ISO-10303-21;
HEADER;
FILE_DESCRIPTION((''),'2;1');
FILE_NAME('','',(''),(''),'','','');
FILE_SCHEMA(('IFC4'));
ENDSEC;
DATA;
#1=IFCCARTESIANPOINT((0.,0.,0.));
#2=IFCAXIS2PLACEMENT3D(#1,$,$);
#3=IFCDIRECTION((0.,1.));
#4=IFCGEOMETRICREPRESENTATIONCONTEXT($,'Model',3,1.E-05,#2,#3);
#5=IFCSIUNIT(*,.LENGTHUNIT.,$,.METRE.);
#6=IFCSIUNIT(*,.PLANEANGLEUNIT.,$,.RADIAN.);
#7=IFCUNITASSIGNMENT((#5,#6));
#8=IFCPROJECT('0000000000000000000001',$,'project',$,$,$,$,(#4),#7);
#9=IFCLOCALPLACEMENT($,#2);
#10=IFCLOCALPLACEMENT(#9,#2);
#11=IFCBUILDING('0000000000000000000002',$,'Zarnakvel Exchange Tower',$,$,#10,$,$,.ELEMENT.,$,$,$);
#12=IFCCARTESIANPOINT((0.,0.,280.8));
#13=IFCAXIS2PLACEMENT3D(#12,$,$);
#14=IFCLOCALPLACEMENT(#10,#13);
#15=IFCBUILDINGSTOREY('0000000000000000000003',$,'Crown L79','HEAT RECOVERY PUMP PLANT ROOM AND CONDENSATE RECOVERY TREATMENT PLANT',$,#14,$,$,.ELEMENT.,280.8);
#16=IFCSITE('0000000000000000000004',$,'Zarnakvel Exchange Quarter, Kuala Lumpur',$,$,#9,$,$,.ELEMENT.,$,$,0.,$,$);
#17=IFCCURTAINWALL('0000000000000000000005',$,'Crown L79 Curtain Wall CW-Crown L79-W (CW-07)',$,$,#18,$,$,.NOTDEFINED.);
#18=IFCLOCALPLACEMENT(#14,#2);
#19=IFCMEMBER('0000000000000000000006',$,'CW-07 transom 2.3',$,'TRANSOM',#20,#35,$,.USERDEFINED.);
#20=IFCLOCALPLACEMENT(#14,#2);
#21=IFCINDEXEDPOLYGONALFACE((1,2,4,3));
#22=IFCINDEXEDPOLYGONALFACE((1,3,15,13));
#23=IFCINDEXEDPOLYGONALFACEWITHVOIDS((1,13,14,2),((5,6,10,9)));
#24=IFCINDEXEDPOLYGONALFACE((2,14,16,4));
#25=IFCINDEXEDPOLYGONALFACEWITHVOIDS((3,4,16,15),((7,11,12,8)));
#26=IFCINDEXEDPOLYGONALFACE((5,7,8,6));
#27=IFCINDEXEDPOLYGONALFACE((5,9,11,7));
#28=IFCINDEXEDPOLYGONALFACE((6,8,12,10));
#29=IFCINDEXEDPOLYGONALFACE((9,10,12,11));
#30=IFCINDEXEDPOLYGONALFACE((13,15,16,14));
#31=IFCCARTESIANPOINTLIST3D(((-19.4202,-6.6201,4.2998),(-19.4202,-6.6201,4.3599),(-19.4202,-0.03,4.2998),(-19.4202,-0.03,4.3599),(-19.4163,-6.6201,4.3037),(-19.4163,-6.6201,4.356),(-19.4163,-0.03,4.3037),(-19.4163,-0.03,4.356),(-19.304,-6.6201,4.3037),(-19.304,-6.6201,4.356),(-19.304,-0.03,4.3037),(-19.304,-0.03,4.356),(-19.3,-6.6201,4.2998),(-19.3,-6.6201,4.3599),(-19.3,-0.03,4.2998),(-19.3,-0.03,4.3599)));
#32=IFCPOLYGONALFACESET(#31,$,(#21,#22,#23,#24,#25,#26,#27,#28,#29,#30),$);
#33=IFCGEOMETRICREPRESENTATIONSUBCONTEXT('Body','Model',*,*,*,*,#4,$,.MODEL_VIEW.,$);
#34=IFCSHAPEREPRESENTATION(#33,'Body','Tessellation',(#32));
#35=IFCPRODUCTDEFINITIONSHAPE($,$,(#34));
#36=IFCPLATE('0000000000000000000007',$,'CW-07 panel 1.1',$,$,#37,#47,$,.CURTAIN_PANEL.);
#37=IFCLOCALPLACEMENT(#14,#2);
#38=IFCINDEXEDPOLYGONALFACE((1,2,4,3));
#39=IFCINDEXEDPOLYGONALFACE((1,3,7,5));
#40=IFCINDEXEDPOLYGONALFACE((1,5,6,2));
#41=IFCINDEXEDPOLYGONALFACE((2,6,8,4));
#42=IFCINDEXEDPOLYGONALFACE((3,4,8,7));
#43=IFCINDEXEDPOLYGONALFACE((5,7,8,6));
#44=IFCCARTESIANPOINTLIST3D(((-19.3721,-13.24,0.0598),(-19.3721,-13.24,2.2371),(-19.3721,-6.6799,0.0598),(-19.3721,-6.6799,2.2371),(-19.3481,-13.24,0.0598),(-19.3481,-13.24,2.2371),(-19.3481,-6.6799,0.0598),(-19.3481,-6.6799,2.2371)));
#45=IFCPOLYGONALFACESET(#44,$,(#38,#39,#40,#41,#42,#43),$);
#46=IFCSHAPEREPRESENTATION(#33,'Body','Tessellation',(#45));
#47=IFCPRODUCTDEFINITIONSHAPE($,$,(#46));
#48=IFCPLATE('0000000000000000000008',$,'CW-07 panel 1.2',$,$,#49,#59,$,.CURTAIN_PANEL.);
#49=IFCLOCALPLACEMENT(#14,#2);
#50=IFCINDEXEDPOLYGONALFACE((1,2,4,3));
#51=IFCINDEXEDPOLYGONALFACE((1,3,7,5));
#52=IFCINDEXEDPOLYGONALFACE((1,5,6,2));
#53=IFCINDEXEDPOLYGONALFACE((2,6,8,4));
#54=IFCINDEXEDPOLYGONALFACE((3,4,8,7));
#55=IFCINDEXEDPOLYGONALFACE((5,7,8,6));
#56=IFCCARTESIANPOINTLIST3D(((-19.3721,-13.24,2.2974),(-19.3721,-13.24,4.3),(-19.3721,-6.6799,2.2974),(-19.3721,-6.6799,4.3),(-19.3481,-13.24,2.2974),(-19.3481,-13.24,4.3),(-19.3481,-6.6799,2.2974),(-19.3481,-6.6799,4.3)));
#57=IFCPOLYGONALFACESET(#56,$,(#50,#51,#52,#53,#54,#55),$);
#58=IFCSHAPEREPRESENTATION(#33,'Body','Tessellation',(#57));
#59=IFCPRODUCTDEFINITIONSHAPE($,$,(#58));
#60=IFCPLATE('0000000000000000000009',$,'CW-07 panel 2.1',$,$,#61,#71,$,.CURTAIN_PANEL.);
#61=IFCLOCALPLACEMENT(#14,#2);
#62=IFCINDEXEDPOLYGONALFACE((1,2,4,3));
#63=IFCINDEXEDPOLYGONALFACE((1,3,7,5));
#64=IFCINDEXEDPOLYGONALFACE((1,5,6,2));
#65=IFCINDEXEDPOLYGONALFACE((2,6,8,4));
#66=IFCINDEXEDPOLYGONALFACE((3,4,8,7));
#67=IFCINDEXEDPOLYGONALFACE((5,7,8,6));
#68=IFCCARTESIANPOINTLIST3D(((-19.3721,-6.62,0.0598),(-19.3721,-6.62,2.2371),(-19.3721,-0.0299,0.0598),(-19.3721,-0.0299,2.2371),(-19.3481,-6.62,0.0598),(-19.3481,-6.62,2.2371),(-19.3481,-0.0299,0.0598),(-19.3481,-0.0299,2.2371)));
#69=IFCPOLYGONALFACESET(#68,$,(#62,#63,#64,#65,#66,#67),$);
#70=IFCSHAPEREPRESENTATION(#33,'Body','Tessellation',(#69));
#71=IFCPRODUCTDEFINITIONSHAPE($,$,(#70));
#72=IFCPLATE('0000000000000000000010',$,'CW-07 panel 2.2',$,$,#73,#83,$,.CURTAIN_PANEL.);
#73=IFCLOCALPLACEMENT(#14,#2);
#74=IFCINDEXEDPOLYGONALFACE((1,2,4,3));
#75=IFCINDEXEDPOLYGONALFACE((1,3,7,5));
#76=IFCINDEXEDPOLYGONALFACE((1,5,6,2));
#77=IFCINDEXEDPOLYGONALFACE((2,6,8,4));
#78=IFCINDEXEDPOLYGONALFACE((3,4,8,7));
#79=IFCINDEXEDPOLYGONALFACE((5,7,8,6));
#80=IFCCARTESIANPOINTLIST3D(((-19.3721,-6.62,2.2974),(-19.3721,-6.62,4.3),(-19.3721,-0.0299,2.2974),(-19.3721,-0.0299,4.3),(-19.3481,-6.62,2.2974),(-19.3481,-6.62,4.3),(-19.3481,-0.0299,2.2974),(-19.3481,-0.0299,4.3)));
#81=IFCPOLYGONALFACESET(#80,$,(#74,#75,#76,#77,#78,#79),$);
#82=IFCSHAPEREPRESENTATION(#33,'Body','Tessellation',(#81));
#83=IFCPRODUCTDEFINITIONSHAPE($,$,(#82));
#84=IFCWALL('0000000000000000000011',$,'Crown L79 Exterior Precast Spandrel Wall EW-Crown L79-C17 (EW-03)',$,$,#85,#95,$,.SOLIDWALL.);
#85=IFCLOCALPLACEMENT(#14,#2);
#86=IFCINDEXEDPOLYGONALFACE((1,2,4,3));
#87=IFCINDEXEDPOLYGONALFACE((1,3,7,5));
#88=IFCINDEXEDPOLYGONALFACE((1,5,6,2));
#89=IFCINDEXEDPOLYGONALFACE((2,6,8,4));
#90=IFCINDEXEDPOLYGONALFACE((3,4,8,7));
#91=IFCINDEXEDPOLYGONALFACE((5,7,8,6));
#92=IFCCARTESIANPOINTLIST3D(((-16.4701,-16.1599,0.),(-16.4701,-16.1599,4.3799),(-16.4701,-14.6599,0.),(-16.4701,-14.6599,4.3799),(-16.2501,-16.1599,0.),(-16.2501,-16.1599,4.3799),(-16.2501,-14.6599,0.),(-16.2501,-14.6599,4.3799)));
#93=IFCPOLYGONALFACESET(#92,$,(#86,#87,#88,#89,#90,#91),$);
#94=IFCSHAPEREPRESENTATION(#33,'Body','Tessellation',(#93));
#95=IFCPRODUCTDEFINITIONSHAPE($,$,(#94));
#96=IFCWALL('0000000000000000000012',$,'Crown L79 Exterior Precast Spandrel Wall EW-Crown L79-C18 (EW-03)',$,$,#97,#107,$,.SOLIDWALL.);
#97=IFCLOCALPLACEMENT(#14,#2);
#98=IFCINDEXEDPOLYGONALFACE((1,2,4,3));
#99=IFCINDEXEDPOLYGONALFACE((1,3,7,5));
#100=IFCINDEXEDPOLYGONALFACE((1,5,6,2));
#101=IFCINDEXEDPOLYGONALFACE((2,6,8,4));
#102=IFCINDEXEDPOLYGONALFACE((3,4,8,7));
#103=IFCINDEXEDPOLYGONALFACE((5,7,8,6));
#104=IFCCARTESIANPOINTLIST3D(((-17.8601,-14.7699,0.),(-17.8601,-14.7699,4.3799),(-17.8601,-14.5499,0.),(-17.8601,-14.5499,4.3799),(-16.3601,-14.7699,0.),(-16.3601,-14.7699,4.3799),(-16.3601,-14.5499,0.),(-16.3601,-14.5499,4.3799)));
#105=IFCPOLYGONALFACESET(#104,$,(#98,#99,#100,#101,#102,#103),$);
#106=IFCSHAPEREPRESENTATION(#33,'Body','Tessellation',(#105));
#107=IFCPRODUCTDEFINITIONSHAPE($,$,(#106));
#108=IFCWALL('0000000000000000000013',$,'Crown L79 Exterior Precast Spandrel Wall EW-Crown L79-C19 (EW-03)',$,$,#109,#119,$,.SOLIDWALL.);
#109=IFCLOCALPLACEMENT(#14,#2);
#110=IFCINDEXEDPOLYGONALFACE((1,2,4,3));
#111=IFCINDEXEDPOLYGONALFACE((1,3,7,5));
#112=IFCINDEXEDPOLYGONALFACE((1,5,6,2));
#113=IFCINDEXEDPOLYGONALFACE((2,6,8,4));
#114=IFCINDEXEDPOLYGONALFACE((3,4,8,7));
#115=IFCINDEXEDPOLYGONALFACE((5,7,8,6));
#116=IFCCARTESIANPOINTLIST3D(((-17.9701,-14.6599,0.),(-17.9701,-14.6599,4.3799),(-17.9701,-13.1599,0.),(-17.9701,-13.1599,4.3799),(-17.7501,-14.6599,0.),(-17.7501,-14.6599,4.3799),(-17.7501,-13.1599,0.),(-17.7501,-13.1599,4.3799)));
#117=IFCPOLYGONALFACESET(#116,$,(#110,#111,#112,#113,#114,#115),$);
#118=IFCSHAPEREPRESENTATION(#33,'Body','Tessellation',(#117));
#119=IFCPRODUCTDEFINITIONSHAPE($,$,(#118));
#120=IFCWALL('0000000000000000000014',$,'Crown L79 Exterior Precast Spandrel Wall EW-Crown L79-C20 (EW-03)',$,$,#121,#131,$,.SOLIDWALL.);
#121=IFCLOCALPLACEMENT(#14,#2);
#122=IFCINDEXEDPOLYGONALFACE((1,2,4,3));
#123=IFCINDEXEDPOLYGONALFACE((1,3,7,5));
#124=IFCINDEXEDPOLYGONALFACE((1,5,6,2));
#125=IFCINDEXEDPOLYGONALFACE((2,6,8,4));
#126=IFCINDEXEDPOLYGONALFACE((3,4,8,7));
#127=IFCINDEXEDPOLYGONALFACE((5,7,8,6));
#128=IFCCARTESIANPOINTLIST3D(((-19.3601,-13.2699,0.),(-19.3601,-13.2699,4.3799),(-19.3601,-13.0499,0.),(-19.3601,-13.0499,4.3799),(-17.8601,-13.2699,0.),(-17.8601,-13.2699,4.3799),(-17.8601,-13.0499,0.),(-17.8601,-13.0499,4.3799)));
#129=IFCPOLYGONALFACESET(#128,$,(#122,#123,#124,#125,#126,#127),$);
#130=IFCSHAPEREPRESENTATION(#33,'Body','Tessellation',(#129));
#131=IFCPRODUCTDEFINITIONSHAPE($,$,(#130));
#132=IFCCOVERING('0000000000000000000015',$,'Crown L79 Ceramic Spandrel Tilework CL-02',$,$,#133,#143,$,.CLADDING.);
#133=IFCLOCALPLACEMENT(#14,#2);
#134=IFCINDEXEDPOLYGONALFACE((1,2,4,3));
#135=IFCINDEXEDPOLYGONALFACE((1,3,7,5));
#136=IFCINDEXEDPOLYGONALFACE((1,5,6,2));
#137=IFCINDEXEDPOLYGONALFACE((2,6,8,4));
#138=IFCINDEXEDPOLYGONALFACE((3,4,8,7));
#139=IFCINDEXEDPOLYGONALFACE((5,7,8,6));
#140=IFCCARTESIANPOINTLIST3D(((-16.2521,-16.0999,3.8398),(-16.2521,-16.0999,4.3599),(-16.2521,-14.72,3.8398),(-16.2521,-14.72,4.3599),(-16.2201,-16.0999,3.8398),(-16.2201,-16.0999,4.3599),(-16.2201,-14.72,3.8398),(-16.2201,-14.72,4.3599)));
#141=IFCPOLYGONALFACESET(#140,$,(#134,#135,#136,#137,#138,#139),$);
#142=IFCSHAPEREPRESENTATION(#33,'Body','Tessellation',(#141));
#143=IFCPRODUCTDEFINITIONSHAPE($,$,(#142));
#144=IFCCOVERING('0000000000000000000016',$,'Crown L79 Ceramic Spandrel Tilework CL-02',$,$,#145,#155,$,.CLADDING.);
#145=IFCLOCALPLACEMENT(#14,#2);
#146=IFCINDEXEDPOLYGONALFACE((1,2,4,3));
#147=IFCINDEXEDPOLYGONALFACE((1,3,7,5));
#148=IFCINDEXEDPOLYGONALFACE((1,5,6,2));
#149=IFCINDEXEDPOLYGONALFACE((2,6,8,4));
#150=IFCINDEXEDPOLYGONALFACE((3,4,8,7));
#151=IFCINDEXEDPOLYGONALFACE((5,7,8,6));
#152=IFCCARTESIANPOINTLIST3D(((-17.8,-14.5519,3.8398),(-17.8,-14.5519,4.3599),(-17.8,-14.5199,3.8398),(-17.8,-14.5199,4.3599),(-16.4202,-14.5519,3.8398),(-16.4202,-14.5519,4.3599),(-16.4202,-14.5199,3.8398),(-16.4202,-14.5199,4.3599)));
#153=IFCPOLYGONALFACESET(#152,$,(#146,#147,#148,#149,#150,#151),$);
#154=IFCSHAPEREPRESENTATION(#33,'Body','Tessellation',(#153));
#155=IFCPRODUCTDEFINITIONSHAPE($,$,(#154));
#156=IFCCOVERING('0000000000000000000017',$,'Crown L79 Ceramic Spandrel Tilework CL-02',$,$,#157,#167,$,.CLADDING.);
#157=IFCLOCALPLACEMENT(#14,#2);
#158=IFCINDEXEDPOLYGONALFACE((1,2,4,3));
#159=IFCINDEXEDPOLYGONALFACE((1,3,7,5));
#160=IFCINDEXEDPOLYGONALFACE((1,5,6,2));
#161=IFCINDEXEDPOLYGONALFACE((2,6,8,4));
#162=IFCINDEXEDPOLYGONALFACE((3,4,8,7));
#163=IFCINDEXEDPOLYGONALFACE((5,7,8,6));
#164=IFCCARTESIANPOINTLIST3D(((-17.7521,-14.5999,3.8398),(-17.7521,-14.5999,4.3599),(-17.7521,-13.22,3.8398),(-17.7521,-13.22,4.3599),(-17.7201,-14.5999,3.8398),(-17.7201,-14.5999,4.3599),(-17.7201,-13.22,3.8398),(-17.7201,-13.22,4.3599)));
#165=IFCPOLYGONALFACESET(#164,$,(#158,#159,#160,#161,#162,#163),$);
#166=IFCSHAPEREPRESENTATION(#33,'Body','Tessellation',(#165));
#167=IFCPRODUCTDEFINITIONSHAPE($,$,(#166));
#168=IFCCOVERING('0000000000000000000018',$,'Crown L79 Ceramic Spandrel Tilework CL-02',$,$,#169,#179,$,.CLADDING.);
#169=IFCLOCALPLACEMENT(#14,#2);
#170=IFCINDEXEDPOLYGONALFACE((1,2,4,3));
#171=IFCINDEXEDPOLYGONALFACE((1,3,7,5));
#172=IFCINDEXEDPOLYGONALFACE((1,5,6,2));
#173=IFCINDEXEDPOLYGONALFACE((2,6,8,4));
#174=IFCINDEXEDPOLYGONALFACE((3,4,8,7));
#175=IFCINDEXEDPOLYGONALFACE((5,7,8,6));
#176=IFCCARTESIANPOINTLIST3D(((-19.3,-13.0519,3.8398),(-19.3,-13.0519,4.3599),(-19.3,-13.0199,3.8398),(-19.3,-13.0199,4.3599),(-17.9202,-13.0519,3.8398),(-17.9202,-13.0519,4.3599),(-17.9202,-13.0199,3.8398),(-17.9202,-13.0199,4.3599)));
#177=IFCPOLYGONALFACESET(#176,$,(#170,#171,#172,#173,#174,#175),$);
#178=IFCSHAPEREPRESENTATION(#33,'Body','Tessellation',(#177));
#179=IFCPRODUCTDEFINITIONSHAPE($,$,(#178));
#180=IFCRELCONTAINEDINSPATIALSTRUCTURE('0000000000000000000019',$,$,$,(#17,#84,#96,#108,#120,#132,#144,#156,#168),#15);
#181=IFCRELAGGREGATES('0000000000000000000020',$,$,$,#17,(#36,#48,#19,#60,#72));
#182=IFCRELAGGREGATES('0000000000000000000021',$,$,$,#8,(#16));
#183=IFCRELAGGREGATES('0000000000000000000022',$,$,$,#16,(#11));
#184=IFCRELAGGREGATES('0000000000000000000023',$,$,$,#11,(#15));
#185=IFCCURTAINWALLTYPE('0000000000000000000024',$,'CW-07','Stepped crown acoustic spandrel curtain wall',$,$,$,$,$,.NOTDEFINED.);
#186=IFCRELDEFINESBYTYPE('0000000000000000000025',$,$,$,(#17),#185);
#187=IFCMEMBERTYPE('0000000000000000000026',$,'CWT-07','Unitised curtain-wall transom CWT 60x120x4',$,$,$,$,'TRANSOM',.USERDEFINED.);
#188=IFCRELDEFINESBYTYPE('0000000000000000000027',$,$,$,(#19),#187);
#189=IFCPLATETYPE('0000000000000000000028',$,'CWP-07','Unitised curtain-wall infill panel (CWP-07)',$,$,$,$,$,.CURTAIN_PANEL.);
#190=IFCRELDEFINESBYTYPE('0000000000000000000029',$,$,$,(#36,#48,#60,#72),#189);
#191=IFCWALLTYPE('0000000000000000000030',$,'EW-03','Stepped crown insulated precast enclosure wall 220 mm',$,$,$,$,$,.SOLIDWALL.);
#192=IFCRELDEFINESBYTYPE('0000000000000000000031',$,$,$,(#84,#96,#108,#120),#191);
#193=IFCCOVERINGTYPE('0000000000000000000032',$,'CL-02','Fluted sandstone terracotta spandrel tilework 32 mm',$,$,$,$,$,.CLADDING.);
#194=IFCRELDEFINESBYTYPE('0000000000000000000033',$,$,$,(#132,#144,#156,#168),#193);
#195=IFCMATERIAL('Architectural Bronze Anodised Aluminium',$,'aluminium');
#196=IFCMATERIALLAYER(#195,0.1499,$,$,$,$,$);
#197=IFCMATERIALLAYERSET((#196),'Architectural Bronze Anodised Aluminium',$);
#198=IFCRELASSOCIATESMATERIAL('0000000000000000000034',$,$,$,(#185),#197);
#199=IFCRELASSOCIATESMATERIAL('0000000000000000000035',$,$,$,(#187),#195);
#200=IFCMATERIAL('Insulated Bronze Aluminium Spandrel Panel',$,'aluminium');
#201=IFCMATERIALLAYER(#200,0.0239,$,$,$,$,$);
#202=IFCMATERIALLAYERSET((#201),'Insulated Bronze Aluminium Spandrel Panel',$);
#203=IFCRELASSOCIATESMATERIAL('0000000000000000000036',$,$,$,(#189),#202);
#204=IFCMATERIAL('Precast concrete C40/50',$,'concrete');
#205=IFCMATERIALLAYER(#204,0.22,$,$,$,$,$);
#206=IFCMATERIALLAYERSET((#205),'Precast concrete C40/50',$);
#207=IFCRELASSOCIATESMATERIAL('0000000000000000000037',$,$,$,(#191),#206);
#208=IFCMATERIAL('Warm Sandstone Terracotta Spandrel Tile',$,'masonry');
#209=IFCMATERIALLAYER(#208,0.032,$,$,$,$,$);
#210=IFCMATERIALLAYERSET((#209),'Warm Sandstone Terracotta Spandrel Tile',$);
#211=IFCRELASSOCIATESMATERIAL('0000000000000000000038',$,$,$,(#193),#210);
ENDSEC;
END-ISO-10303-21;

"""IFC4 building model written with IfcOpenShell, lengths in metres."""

from ifc_helpers import new_model, si_unit, direction, frame, frame_2d, origin, origin_2d, place, context, subcontext, project, spatial, rectangle, hollow_rectangle, extrude, source, transform, mapped, material, layer, layer_set, material_profile, profile_set, type_object, element, aggregate, save


model = new_model("IFC4")

# Units and contexts
model_context = context("Model", 3, precision=1e-05, world=origin(), true_north=direction((0.0, 1.0)))
body_context = subcontext(model_context, "Body", "Model", "MODEL_VIEW")
ifc_project = project(units=[si_unit("LENGTHUNIT", "METRE"), si_unit("PLANEANGLEUNIT", "RADIAN")], contexts=[model_context])

# Site, building, storey
site_placement = place(None, origin())
site = spatial("IfcSite", under=ifc_project, at=site_placement, Name="Zarnakvel Exchange Quarter, Kuala Lumpur", CompositionType="ELEMENT", RefElevation=0.0)
building_placement = place(site_placement, origin())
building = spatial("IfcBuilding", under=site, at=building_placement, Name="Zarnakvel Exchange Tower", CompositionType="ELEMENT")
storey_placement = place(building_placement, frame((0.0, 0.0, 280.8)))
storey = spatial("IfcBuildingStorey", under=building, at=storey_placement, Name="Crown L79", Description="HEAT RECOVERY PUMP PLANT ROOM AND CONDENSATE RECOVERY TREATMENT PLANT", CompositionType="ELEMENT", Elevation=280.8)

# Shared definitions
ifc_material_1 = material(Name="Architectural Bronze Anodised Aluminium", Category="aluminium")
ifc_layer_1 = layer(ifc_material_1, 0.1499)
ifc_layer_set_1 = layer_set([ifc_layer_1], Name="Architectural Bronze Anodised Aluminium")
curtain_wall_type = type_object("IfcCurtainWallType", Name="CW-07", Description="Stepped crown acoustic spandrel curtain wall", PredefinedType="NOTDEFINED", material=ifc_layer_set_1)

# Curtain wall
curtain_wall_1_placement = place(storey_placement, origin())
curtain_wall_1 = element("IfcCurtainWall", 1, at=curtain_wall_1_placement, inside=storey, type_object=curtain_wall_type, Name="Crown L79 Curtain Wall CW-Crown L79-W (CW-07)", PredefinedType="NOTDEFINED")

# Member
ifc_material_profile_1 = material_profile(ifc_material_1, hollow_rectangle(XDim=0.1201, YDim=0.0601, WallThickness=0.0039, at=origin_2d()))
ifc_profile_set_1 = profile_set([ifc_material_profile_1], Name="Architectural Bronze Anodised Aluminium")
member_type_1 = type_object("IfcMemberType", Name="CWT-07", Description="Unitised curtain-wall transom CWT 60x120x4", ElementType="TRANSOM", PredefinedType="USERDEFINED", material=ifc_profile_set_1)
shared_shape_1 = source(origin(), body_context, "Body", "SweptSolid", [
    extrude(hollow_rectangle(XDim=0.1201, YDim=0.0601, WallThickness=0.0039, at=origin_2d()), origin(), (0.0, 0.0, 1.0), 6.5901),
])
member_1_placement = place(storey_placement, frame((-19.3601, -6.6201, 4.3298), z_axis=(0.0, 1.0, 0.0), x_axis=(-1.0, 0.0, 0.0)))
member_1 = element("IfcMember", 2, at=member_1_placement, type_object=member_type_1, Name="CW-07 transom 2.3", ObjectType="TRANSOM", PredefinedType="USERDEFINED", context=body_context, shape_type="MappedRepresentation", body=[
    mapped(shared_shape_1, transform((0.0, 0.0, 0.0), x_axis=(1.0, 0.0, 0.0), y_axis=(0.0, 1.0, 0.0), z_axis=(0.0, 0.0, 1.0), scale=1.0)),
])

# Plates
ifc_material_2 = material(Name="Insulated Bronze Aluminium Spandrel Panel", Category="aluminium")
ifc_layer_2 = layer(ifc_material_2, 0.0239)
ifc_layer_set_2 = layer_set([ifc_layer_2], Name="Insulated Bronze Aluminium Spandrel Panel")
plate_type = type_object("IfcPlateType", Name="CWP-07", Description="Unitised curtain-wall infill panel (CWP-07)", PredefinedType="CURTAIN_PANEL", material=ifc_layer_set_2)
shared_shape_2 = source(origin(), body_context, "Body", "SweptSolid", [
    extrude(rectangle(XDim=6.5601, YDim=0.0239, at=origin_2d()), origin(), (0.0, 0.0, 1.0), 2.1772),
])
plate_1_placement = place(storey_placement, frame((-19.3601, -9.96, 0.0598), z_axis=(0.0, 0.0, 1.0), x_axis=(0.0, 1.0, 0.0)))
plate_1 = element("IfcPlate", 3, at=plate_1_placement, type_object=plate_type, Name="CW-07 panel 1.1", PredefinedType="CURTAIN_PANEL", context=body_context, shape_type="MappedRepresentation", body=[
    mapped(shared_shape_2, transform((0.0, 0.0, 0.0), x_axis=(1.0, 0.0, 0.0), y_axis=(0.0, 1.0, 0.0), z_axis=(0.0, 0.0, 1.0), scale=1.0)),
])
shared_shape_3 = source(origin(), body_context, "Body", "SweptSolid", [
    extrude(rectangle(XDim=6.5601, YDim=0.0239, at=origin_2d()), origin(), (0.0, 0.0, 1.0), 2.0027),
])
plate_2_placement = place(storey_placement, frame((-19.3601, -9.96, 2.2974), z_axis=(0.0, 0.0, 1.0), x_axis=(0.0, 1.0, 0.0)))
plate_2 = element("IfcPlate", 4, at=plate_2_placement, type_object=plate_type, Name="CW-07 panel 1.2", PredefinedType="CURTAIN_PANEL", context=body_context, shape_type="MappedRepresentation", body=[
    mapped(shared_shape_3, transform((0.0, 0.0, 0.0), x_axis=(1.0, 0.0, 0.0), y_axis=(0.0, 1.0, 0.0), z_axis=(0.0, 0.0, 1.0), scale=1.0)),
])
shared_shape_4 = source(origin(), body_context, "Body", "SweptSolid", [
    extrude(rectangle(XDim=6.5901, YDim=0.0239, at=origin_2d()), origin(), (0.0, 0.0, 1.0), 2.1772),
])
plate_3_placement = place(storey_placement, frame((-19.3601, -3.325, 0.0598), z_axis=(0.0, 0.0, 1.0), x_axis=(0.0, 1.0, 0.0)))
plate_3 = element("IfcPlate", 5, at=plate_3_placement, type_object=plate_type, Name="CW-07 panel 2.1", PredefinedType="CURTAIN_PANEL", context=body_context, shape_type="MappedRepresentation", body=[
    mapped(shared_shape_4, transform((0.0, 0.0, 0.0), x_axis=(1.0, 0.0, 0.0), y_axis=(0.0, 1.0, 0.0), z_axis=(0.0, 0.0, 1.0), scale=1.0)),
])
shared_shape_5 = source(origin(), body_context, "Body", "SweptSolid", [
    extrude(rectangle(XDim=6.5901, YDim=0.0239, at=origin_2d()), origin(), (0.0, 0.0, 1.0), 2.0027),
])
plate_4_placement = place(storey_placement, frame((-19.3601, -3.325, 2.2974), z_axis=(0.0, 0.0, 1.0), x_axis=(0.0, 1.0, 0.0)))
plate_4 = element("IfcPlate", 6, at=plate_4_placement, type_object=plate_type, Name="CW-07 panel 2.2", PredefinedType="CURTAIN_PANEL", context=body_context, shape_type="MappedRepresentation", body=[
    mapped(shared_shape_5, transform((0.0, 0.0, 0.0), x_axis=(1.0, 0.0, 0.0), y_axis=(0.0, 1.0, 0.0), z_axis=(0.0, 0.0, 1.0), scale=1.0)),
])
aggregate(curtain_wall_1, [plate_1, plate_2, member_1, plate_3, plate_4])

# Walls
ifc_material_3 = material(Name="Precast concrete C40/50", Category="concrete")
ifc_layer_3 = layer(ifc_material_3, 0.22)
ifc_layer_set_3 = layer_set([ifc_layer_3], Name="Precast concrete C40/50")
wall_type = type_object("IfcWallType", Name="EW-03", Description="Stepped crown insulated precast enclosure wall 220 mm", PredefinedType="SOLIDWALL", material=ifc_layer_set_3)
for number, where, z_axis, x_axis, name in (
    (7, (-16.3601, -14.6599, 0.0), (0.0, 0.0, 1.0), (0.0, -1.0, 0.0), "Crown L79 Exterior Precast Spandrel Wall EW-Crown L79-C17 (EW-03)"),
    (8, (-17.8601, -14.6599, 0.0), (0.0, 0.0, 1.0), (1.0, 0.0, 0.0), "Crown L79 Exterior Precast Spandrel Wall EW-Crown L79-C18 (EW-03)"),
    (9, (-17.8601, -13.1599, 0.0), (0.0, 0.0, 1.0), (0.0, -1.0, 0.0), "Crown L79 Exterior Precast Spandrel Wall EW-Crown L79-C19 (EW-03)"),
    (10, (-19.3601, -13.1599, 0.0), (0.0, 0.0, 1.0), (1.0, 0.0, 0.0), "Crown L79 Exterior Precast Spandrel Wall EW-Crown L79-C20 (EW-03)"),
):
    element("IfcWall", number, at=place(storey_placement, frame(where, z_axis=z_axis, x_axis=x_axis)), inside=storey, type_object=wall_type, Name=name, PredefinedType="SOLIDWALL", context=body_context, shape_type="SweptSolid", body=[
        extrude(rectangle(XDim=1.5, YDim=0.22, at=frame_2d((0.75, 0.0))), origin(), (0.0, 0.0, 1.0), 4.3799),
    ])

# Coverings
ifc_material_4 = material(Name="Warm Sandstone Terracotta Spandrel Tile", Category="masonry")
ifc_layer_4 = layer(ifc_material_4, 0.032)
ifc_layer_set_4 = layer_set([ifc_layer_4], Name="Warm Sandstone Terracotta Spandrel Tile")
covering_type = type_object("IfcCoveringType", Name="CL-02", Description="Fluted sandstone terracotta spandrel tilework 32 mm", PredefinedType="CLADDING", material=ifc_layer_set_4)
shared_shape_6 = source(origin(), body_context, "Body", "SweptSolid", [
    extrude(rectangle(XDim=1.3799, YDim=0.032, at=origin_2d()), origin(), (0.0, 0.0, 1.0), 0.52),
])
for number, where, z_axis, x_axis, name in (
    (11, (-16.2361, -15.4099, 3.8398), (0.0, 0.0, 1.0), (0.0, -1.0, 0.0), "Crown L79 Ceramic Spandrel Tilework CL-02"),
    (12, (-17.1101, -14.5359, 3.8398), (0.0, 0.0, 1.0), (1.0, 0.0, 0.0), "Crown L79 Ceramic Spandrel Tilework CL-02"),
    (13, (-17.7361, -13.9099, 3.8398), (0.0, 0.0, 1.0), (0.0, -1.0, 0.0), "Crown L79 Ceramic Spandrel Tilework CL-02"),
    (14, (-18.6101, -13.0359, 3.8398), (0.0, 0.0, 1.0), (1.0, 0.0, 0.0), "Crown L79 Ceramic Spandrel Tilework CL-02"),
):
    element("IfcCovering", number, at=place(storey_placement, frame(where, z_axis=z_axis, x_axis=x_axis)), inside=storey, type_object=covering_type, Name=name, PredefinedType="CLADDING", context=body_context, shape_type="MappedRepresentation", body=[
        mapped(shared_shape_6, transform((0.0, 0.0, 0.0), x_axis=(1.0, 0.0, 0.0), y_axis=(0.0, 1.0, 0.0), z_axis=(0.0, 0.0, 1.0), scale=1.0)),
    ])

save(model, "model.ifc")
